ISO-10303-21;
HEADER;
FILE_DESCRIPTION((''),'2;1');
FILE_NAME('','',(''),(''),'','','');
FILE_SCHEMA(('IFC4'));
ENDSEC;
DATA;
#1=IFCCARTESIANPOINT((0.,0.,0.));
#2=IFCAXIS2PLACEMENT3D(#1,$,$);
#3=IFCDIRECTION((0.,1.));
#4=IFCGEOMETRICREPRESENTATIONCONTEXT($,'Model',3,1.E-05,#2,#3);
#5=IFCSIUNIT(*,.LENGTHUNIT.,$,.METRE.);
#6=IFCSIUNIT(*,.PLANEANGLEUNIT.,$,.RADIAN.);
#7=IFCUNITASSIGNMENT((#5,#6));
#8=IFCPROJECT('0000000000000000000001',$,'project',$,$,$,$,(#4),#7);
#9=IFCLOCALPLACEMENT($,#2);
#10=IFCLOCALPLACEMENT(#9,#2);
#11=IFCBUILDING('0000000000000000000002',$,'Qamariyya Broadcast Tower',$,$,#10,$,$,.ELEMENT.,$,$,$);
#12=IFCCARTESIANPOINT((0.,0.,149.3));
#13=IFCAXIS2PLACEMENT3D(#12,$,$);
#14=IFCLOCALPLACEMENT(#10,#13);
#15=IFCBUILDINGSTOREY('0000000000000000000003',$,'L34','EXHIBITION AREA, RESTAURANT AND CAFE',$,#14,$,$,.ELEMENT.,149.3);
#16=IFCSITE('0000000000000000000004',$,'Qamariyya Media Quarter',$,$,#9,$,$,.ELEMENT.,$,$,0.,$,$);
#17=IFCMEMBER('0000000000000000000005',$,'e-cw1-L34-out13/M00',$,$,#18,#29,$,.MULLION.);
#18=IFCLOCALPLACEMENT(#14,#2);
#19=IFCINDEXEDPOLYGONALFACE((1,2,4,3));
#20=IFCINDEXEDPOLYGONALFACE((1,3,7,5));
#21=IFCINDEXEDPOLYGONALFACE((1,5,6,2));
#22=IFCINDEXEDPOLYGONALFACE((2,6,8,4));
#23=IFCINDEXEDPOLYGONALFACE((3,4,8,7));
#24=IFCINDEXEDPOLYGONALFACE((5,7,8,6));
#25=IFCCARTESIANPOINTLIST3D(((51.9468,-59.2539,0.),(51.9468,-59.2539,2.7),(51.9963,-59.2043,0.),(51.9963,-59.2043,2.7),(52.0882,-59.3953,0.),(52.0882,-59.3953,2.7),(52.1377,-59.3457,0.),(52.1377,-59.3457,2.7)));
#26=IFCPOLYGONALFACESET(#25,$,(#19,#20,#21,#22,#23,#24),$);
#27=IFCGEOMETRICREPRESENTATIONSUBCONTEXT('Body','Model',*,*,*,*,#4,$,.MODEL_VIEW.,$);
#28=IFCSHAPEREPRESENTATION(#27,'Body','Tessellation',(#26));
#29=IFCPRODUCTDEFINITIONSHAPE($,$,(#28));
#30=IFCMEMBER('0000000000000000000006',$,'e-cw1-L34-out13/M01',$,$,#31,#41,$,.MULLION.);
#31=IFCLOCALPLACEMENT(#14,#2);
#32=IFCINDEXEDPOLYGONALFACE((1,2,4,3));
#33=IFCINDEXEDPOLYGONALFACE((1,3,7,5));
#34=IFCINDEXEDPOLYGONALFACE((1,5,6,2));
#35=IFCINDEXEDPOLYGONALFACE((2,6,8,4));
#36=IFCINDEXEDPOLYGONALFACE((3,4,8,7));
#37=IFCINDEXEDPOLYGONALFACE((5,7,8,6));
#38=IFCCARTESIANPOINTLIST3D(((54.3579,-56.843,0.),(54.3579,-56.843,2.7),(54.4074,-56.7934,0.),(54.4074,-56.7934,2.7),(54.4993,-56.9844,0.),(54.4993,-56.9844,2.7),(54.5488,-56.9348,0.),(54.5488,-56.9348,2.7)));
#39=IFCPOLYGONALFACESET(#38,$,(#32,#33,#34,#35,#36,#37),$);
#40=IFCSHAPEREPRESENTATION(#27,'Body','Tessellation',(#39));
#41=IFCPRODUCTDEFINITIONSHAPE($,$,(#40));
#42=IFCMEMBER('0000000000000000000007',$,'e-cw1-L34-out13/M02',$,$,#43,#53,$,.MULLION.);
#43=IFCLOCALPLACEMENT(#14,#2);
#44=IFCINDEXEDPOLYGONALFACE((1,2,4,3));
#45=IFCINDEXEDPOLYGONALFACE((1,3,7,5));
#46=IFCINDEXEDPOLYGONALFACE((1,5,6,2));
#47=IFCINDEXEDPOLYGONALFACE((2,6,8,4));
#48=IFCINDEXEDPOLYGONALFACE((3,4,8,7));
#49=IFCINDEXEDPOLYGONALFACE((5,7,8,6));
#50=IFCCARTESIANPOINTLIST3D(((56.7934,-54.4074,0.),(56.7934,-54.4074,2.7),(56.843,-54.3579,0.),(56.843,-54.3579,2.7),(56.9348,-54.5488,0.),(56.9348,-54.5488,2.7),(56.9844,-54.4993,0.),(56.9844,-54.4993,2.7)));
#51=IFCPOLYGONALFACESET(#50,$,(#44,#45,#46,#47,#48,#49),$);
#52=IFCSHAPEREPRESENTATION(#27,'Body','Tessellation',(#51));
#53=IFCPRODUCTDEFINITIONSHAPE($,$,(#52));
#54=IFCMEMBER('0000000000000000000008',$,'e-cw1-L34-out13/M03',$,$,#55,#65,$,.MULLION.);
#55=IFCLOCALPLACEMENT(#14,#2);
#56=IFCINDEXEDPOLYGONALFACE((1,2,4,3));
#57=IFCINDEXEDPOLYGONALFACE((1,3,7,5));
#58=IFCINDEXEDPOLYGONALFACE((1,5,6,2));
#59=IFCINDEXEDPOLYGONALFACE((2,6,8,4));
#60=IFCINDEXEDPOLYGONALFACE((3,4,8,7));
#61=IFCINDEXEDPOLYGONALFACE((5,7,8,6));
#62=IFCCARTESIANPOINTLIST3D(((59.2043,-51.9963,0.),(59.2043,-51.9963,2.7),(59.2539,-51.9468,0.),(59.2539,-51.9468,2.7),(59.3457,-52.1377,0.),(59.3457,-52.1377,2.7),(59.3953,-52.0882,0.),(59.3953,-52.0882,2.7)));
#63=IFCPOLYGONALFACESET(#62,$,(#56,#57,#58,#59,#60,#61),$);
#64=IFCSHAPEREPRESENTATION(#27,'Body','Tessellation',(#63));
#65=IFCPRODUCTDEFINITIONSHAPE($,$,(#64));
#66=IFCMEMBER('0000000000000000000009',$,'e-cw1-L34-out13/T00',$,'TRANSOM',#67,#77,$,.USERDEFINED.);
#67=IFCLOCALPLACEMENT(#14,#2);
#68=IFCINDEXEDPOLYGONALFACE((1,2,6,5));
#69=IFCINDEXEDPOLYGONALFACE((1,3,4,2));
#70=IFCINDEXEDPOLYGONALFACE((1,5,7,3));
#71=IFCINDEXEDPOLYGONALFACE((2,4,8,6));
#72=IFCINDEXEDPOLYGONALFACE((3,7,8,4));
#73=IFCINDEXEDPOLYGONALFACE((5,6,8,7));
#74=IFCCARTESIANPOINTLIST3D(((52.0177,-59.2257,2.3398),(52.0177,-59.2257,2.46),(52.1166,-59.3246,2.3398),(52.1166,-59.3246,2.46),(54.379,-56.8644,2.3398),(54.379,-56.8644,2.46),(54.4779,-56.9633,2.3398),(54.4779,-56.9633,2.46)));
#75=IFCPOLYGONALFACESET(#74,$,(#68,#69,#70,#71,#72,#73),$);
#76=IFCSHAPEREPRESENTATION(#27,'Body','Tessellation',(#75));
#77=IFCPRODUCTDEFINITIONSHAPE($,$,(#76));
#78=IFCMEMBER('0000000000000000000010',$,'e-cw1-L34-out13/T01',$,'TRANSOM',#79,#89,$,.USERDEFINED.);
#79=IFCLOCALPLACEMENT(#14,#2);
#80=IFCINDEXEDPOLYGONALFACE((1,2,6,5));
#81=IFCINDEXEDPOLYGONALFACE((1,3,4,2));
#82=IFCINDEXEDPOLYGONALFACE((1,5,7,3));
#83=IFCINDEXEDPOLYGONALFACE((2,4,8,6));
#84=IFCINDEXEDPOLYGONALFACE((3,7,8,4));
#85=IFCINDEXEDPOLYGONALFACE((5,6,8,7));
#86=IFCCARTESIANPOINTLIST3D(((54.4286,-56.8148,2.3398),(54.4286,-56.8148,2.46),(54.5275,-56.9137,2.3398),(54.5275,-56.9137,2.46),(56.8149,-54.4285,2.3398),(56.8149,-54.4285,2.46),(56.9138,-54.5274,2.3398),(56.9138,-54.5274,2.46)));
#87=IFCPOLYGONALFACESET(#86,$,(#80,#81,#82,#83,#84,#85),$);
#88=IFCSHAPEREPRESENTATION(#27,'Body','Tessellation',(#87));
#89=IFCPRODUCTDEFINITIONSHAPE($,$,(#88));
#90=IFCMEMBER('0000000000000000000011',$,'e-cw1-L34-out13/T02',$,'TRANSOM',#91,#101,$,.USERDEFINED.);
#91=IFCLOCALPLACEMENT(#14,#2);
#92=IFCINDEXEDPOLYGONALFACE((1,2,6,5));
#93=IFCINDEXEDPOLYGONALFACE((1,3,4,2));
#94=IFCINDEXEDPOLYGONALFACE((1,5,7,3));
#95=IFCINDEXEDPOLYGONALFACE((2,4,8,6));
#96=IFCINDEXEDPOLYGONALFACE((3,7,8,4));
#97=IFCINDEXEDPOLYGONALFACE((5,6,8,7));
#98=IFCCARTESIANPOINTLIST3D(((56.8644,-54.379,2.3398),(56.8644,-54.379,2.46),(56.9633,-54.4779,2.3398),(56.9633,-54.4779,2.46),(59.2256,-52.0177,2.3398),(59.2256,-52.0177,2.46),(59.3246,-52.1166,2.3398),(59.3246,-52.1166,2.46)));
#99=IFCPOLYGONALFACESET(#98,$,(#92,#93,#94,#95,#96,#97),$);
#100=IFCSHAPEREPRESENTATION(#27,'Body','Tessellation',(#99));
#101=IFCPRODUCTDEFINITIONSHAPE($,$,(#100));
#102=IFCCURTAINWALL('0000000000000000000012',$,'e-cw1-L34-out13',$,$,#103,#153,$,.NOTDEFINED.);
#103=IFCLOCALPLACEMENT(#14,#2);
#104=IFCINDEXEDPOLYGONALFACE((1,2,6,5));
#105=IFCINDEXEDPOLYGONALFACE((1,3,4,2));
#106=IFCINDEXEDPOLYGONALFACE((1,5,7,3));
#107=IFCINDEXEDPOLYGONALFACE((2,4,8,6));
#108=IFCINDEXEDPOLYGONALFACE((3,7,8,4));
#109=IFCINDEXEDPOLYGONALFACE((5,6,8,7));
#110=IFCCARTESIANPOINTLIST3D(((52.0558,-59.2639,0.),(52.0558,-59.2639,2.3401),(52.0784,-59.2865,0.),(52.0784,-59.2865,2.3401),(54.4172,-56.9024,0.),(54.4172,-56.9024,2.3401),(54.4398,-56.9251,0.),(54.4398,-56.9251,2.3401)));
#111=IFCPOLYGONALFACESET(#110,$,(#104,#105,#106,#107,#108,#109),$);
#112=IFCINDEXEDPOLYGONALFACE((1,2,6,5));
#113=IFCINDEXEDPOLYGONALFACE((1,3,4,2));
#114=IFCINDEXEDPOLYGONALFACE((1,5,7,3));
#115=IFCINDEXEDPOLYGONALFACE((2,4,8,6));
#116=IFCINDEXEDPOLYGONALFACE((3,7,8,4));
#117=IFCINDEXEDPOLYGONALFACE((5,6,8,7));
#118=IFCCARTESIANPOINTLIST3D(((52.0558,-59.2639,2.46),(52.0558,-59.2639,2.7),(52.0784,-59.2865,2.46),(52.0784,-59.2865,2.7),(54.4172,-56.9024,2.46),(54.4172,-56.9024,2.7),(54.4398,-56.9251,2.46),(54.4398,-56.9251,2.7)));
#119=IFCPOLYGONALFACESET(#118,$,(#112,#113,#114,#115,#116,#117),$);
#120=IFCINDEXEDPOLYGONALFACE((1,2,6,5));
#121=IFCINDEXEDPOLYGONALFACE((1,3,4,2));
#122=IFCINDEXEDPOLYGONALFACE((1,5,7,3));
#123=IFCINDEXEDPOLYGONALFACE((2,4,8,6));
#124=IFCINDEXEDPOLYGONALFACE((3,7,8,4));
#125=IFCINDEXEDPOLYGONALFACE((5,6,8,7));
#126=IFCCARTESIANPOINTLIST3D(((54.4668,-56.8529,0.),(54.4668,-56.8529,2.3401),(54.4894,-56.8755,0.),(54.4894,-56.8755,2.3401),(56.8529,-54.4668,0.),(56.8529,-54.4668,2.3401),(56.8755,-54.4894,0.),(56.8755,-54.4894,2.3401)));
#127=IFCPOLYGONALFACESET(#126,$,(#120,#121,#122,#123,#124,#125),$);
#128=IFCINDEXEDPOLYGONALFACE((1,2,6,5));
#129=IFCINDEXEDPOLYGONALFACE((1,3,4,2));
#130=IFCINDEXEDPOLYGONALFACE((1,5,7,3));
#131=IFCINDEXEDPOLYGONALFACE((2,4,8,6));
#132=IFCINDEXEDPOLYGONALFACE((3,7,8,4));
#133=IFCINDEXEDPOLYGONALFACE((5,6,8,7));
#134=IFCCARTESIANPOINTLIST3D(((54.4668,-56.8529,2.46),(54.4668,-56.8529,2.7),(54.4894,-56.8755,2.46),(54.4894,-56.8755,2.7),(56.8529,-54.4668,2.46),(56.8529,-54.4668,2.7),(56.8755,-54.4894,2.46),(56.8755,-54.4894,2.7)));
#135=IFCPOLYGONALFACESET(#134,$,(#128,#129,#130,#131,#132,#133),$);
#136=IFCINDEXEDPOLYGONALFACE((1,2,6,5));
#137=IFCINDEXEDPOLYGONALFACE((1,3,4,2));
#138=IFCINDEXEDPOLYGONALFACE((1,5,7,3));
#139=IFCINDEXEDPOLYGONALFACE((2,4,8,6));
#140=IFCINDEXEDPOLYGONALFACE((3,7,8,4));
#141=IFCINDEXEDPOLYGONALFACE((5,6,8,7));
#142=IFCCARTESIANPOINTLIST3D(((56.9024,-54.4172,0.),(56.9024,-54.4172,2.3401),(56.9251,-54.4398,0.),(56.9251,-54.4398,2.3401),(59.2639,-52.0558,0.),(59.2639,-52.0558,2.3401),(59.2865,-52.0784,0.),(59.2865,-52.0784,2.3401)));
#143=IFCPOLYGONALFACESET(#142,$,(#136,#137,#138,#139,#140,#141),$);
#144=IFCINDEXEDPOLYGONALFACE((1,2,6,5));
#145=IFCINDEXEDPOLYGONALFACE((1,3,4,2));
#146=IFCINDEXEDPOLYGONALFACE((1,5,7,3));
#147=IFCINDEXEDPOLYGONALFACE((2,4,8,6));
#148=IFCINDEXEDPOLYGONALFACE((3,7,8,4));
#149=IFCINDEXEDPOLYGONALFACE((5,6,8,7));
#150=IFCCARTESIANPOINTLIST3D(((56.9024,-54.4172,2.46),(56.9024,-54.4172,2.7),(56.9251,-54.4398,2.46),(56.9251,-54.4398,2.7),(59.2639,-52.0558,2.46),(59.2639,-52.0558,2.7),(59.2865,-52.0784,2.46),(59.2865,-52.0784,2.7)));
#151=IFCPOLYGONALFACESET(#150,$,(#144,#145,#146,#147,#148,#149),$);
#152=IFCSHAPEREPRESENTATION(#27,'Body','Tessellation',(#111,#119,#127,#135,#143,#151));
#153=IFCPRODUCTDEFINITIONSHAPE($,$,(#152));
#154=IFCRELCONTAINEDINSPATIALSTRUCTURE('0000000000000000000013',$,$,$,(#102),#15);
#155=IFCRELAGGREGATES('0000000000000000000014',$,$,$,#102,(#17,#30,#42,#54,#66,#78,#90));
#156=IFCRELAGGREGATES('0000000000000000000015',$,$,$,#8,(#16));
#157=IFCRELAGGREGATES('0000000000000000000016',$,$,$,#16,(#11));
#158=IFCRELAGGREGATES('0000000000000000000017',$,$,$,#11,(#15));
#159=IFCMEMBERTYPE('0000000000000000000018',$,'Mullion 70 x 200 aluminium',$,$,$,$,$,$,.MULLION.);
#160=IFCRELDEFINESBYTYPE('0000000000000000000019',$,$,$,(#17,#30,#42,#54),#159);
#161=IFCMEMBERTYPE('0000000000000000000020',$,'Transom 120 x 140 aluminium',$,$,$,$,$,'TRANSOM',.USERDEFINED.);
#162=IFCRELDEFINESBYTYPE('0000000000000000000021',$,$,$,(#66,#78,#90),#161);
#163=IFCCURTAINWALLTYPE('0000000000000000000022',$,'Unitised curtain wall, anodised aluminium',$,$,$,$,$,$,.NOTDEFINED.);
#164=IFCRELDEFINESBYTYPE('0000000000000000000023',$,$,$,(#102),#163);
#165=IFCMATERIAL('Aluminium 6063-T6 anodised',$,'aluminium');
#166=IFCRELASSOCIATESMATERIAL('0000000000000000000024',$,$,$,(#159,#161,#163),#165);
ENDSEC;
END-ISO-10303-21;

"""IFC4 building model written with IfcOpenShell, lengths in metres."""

from ifc_helpers import new_model, si_unit, direction, frame, origin, origin_2d, place, context, subcontext, project, spatial, rectangle, extrude, material, material_profile, profile_set, type_object, element, aggregate, save


model = new_model("IFC4")

# Units and contexts
model_context = context("Model", 3, precision=1e-05, world=origin(), true_north=direction((0.0, 1.0)))
body_context = subcontext(model_context, "Body", "Model", "MODEL_VIEW")
ifc_project = project(units=[si_unit("LENGTHUNIT", "METRE"), si_unit("PLANEANGLEUNIT", "RADIAN")], contexts=[model_context])

# Site, building, storey
site_placement = place(None, origin())
site = spatial("IfcSite", under=ifc_project, at=site_placement, Name="Qamariyya Media Quarter", CompositionType="ELEMENT", RefElevation=0.0)
building_placement = place(site_placement, origin())
building = spatial("IfcBuilding", under=site, at=building_placement, Name="Qamariyya Broadcast Tower", CompositionType="ELEMENT")
storey_placement = place(building_placement, frame((0.0, 0.0, 149.3)))
storey = spatial("IfcBuildingStorey", under=building, at=storey_placement, Name="L34", Description="EXHIBITION AREA, RESTAURANT AND CAFE", CompositionType="ELEMENT", Elevation=149.3)

# Members
ifc_material_1 = material(Name="Aluminium 6063-T6 anodised", Category="aluminium")
ifc_material_profile_1 = material_profile(ifc_material_1, rectangle(XDim=0.2, YDim=0.0701, at=origin_2d()))
ifc_profile_set_1 = profile_set([ifc_material_profile_1], Name="Aluminium 6063-T6 anodised")
member_type_1 = type_object("IfcMemberType", Name="Mullion 70 x 200 aluminium", PredefinedType="MULLION", material=ifc_profile_set_1)
member_1_placement = place(storey_placement, frame((52.0422, -59.2998, 0.0), z_axis=(0.0, 0.0, 1.0), x_axis=(-0.707107, 0.707107, 0.0)))
member_1 = element("IfcMember", 1, at=member_1_placement, type_object=member_type_1, Name="e-cw1-L34-out13/M00", PredefinedType="MULLION", context=body_context, shape_type="SweptSolid", body=[
    extrude(rectangle(XDim=0.2, YDim=0.0701, at=origin_2d()), origin(), (0.0, 0.0, 1.0), 2.7),
])
member_2_placement = place(storey_placement, frame((54.4534, -56.8889, 0.0), z_axis=(0.0, 0.0, 1.0), x_axis=(-0.707107, 0.707107, 0.0)))
member_2 = element("IfcMember", 2, at=member_2_placement, type_object=member_type_1, Name="e-cw1-L34-out13/M01", PredefinedType="MULLION", context=body_context, shape_type="SweptSolid", body=[
    extrude(rectangle(XDim=0.2, YDim=0.0701, at=origin_2d()), origin(), (0.0, 0.0, 1.0), 2.7),
])
member_3_placement = place(storey_placement, frame((56.8889, -54.4534, 0.0), z_axis=(0.0, 0.0, 1.0), x_axis=(-0.707107, 0.707107, 0.0)))
member_3 = element("IfcMember", 3, at=member_3_placement, type_object=member_type_1, Name="e-cw1-L34-out13/M02", PredefinedType="MULLION", context=body_context, shape_type="SweptSolid", body=[
    extrude(rectangle(XDim=0.2, YDim=0.0701, at=origin_2d()), origin(), (0.0, 0.0, 1.0), 2.7),
])
member_4_placement = place(storey_placement, frame((59.2998, -52.0422, 0.0), z_axis=(0.0, 0.0, 1.0), x_axis=(-0.707107, 0.707107, 0.0)))
member_4 = element("IfcMember", 4, at=member_4_placement, type_object=member_type_1, Name="e-cw1-L34-out13/M03", PredefinedType="MULLION", context=body_context, shape_type="SweptSolid", body=[
    extrude(rectangle(XDim=0.2, YDim=0.0701, at=origin_2d()), origin(), (0.0, 0.0, 1.0), 2.7),
])
ifc_material_profile_2 = material_profile(ifc_material_1, rectangle(XDim=0.1399, YDim=0.1201, at=origin_2d()))
ifc_profile_set_2 = profile_set([ifc_material_profile_2], Name="Aluminium 6063-T6 anodised")
member_type_2 = type_object("IfcMemberType", Name="Transom 120 x 140 aluminium", ElementType="TRANSOM", PredefinedType="USERDEFINED", material=ifc_profile_set_2)
member_5_placement = place(storey_placement, frame((52.0671, -59.2751, 2.3999), z_axis=(0.707107, 0.707107, 0.0), x_axis=(-0.707107, 0.707107, 0.0)))
member_5 = element("IfcMember", 5, at=member_5_placement, type_object=member_type_2, Name="e-cw1-L34-out13/T00", ObjectType="TRANSOM", PredefinedType="USERDEFINED", context=body_context, shape_type="SweptSolid", body=[
    extrude(rectangle(XDim=0.1399, YDim=0.1201, at=origin_2d()), origin(), (0.0, 0.0, 1.0), 3.3394),
])
member_6_placement = place(storey_placement, frame((54.478, -56.8643, 2.3999), z_axis=(0.707107, 0.707107, 0.0), x_axis=(-0.707107, 0.707107, 0.0)))
member_6 = element("IfcMember", 6, at=member_6_placement, type_object=member_type_2, Name="e-cw1-L34-out13/T01", ObjectType="TRANSOM", PredefinedType="USERDEFINED", context=body_context, shape_type="SweptSolid", body=[
    extrude(rectangle(XDim=0.1399, YDim=0.1201, at=origin_2d()), origin(), (0.0, 0.0, 1.0), 3.3748),
])
member_7_placement = place(storey_placement, frame((56.9138, -54.4285, 2.3999), z_axis=(0.707107, 0.707107, 0.0), x_axis=(-0.707107, 0.707107, 0.0)))
member_7 = element("IfcMember", 7, at=member_7_placement, type_object=member_type_2, Name="e-cw1-L34-out13/T02", ObjectType="TRANSOM", PredefinedType="USERDEFINED", context=body_context, shape_type="SweptSolid", body=[
    extrude(rectangle(XDim=0.1399, YDim=0.1201, at=origin_2d()), origin(), (0.0, 0.0, 1.0), 3.3394),
])

# Curtain wall
curtain_wall_type = type_object("IfcCurtainWallType", Name="Unitised curtain wall, anodised aluminium", PredefinedType="NOTDEFINED", material=ifc_material_1)
curtain_wall_1_placement = place(storey_placement, origin())
curtain_wall_1 = element("IfcCurtainWall", 8, at=curtain_wall_1_placement, inside=storey, type_object=curtain_wall_type, Name="e-cw1-L34-out13", PredefinedType="NOTDEFINED", context=body_context, shape_type="SweptSolid", body=[
    extrude(rectangle(XDim=3.3396, YDim=0.032, at=origin_2d()), frame((53.2478, -58.0945, 0.0), x_axis=(0.707107, 0.707107, 0.0)), (0.0, 0.0, 1.0), 2.3401),
    extrude(rectangle(XDim=3.3396, YDim=0.032, at=origin_2d()), frame((53.2478, -58.0945, 2.46), x_axis=(0.707107, 0.707107, 0.0)), (0.0, 0.0, 1.0), 0.24),
    extrude(rectangle(XDim=3.3745, YDim=0.032, at=origin_2d()), frame((55.6711, -55.6711, 0.0), x_axis=(0.707107, 0.707107, 0.0)), (0.0, 0.0, 1.0), 2.3401),
    extrude(rectangle(XDim=3.3745, YDim=0.032, at=origin_2d()), frame((55.6711, -55.6711, 2.46), x_axis=(0.707107, 0.707107, 0.0)), (0.0, 0.0, 1.0), 0.24),
    extrude(rectangle(XDim=3.3396, YDim=0.032, at=origin_2d()), frame((58.0945, -53.2478, 0.0), x_axis=(0.707107, 0.707107, 0.0)), (0.0, 0.0, 1.0), 2.3401),
    extrude(rectangle(XDim=3.3396, YDim=0.032, at=origin_2d()), frame((58.0945, -53.2478, 2.46), x_axis=(0.707107, 0.707107, 0.0)), (0.0, 0.0, 1.0), 0.24),
])
aggregate(curtain_wall_1, [member_1, member_2, member_3, member_4, member_5, member_6, member_7])

save(model, "model.ifc")
